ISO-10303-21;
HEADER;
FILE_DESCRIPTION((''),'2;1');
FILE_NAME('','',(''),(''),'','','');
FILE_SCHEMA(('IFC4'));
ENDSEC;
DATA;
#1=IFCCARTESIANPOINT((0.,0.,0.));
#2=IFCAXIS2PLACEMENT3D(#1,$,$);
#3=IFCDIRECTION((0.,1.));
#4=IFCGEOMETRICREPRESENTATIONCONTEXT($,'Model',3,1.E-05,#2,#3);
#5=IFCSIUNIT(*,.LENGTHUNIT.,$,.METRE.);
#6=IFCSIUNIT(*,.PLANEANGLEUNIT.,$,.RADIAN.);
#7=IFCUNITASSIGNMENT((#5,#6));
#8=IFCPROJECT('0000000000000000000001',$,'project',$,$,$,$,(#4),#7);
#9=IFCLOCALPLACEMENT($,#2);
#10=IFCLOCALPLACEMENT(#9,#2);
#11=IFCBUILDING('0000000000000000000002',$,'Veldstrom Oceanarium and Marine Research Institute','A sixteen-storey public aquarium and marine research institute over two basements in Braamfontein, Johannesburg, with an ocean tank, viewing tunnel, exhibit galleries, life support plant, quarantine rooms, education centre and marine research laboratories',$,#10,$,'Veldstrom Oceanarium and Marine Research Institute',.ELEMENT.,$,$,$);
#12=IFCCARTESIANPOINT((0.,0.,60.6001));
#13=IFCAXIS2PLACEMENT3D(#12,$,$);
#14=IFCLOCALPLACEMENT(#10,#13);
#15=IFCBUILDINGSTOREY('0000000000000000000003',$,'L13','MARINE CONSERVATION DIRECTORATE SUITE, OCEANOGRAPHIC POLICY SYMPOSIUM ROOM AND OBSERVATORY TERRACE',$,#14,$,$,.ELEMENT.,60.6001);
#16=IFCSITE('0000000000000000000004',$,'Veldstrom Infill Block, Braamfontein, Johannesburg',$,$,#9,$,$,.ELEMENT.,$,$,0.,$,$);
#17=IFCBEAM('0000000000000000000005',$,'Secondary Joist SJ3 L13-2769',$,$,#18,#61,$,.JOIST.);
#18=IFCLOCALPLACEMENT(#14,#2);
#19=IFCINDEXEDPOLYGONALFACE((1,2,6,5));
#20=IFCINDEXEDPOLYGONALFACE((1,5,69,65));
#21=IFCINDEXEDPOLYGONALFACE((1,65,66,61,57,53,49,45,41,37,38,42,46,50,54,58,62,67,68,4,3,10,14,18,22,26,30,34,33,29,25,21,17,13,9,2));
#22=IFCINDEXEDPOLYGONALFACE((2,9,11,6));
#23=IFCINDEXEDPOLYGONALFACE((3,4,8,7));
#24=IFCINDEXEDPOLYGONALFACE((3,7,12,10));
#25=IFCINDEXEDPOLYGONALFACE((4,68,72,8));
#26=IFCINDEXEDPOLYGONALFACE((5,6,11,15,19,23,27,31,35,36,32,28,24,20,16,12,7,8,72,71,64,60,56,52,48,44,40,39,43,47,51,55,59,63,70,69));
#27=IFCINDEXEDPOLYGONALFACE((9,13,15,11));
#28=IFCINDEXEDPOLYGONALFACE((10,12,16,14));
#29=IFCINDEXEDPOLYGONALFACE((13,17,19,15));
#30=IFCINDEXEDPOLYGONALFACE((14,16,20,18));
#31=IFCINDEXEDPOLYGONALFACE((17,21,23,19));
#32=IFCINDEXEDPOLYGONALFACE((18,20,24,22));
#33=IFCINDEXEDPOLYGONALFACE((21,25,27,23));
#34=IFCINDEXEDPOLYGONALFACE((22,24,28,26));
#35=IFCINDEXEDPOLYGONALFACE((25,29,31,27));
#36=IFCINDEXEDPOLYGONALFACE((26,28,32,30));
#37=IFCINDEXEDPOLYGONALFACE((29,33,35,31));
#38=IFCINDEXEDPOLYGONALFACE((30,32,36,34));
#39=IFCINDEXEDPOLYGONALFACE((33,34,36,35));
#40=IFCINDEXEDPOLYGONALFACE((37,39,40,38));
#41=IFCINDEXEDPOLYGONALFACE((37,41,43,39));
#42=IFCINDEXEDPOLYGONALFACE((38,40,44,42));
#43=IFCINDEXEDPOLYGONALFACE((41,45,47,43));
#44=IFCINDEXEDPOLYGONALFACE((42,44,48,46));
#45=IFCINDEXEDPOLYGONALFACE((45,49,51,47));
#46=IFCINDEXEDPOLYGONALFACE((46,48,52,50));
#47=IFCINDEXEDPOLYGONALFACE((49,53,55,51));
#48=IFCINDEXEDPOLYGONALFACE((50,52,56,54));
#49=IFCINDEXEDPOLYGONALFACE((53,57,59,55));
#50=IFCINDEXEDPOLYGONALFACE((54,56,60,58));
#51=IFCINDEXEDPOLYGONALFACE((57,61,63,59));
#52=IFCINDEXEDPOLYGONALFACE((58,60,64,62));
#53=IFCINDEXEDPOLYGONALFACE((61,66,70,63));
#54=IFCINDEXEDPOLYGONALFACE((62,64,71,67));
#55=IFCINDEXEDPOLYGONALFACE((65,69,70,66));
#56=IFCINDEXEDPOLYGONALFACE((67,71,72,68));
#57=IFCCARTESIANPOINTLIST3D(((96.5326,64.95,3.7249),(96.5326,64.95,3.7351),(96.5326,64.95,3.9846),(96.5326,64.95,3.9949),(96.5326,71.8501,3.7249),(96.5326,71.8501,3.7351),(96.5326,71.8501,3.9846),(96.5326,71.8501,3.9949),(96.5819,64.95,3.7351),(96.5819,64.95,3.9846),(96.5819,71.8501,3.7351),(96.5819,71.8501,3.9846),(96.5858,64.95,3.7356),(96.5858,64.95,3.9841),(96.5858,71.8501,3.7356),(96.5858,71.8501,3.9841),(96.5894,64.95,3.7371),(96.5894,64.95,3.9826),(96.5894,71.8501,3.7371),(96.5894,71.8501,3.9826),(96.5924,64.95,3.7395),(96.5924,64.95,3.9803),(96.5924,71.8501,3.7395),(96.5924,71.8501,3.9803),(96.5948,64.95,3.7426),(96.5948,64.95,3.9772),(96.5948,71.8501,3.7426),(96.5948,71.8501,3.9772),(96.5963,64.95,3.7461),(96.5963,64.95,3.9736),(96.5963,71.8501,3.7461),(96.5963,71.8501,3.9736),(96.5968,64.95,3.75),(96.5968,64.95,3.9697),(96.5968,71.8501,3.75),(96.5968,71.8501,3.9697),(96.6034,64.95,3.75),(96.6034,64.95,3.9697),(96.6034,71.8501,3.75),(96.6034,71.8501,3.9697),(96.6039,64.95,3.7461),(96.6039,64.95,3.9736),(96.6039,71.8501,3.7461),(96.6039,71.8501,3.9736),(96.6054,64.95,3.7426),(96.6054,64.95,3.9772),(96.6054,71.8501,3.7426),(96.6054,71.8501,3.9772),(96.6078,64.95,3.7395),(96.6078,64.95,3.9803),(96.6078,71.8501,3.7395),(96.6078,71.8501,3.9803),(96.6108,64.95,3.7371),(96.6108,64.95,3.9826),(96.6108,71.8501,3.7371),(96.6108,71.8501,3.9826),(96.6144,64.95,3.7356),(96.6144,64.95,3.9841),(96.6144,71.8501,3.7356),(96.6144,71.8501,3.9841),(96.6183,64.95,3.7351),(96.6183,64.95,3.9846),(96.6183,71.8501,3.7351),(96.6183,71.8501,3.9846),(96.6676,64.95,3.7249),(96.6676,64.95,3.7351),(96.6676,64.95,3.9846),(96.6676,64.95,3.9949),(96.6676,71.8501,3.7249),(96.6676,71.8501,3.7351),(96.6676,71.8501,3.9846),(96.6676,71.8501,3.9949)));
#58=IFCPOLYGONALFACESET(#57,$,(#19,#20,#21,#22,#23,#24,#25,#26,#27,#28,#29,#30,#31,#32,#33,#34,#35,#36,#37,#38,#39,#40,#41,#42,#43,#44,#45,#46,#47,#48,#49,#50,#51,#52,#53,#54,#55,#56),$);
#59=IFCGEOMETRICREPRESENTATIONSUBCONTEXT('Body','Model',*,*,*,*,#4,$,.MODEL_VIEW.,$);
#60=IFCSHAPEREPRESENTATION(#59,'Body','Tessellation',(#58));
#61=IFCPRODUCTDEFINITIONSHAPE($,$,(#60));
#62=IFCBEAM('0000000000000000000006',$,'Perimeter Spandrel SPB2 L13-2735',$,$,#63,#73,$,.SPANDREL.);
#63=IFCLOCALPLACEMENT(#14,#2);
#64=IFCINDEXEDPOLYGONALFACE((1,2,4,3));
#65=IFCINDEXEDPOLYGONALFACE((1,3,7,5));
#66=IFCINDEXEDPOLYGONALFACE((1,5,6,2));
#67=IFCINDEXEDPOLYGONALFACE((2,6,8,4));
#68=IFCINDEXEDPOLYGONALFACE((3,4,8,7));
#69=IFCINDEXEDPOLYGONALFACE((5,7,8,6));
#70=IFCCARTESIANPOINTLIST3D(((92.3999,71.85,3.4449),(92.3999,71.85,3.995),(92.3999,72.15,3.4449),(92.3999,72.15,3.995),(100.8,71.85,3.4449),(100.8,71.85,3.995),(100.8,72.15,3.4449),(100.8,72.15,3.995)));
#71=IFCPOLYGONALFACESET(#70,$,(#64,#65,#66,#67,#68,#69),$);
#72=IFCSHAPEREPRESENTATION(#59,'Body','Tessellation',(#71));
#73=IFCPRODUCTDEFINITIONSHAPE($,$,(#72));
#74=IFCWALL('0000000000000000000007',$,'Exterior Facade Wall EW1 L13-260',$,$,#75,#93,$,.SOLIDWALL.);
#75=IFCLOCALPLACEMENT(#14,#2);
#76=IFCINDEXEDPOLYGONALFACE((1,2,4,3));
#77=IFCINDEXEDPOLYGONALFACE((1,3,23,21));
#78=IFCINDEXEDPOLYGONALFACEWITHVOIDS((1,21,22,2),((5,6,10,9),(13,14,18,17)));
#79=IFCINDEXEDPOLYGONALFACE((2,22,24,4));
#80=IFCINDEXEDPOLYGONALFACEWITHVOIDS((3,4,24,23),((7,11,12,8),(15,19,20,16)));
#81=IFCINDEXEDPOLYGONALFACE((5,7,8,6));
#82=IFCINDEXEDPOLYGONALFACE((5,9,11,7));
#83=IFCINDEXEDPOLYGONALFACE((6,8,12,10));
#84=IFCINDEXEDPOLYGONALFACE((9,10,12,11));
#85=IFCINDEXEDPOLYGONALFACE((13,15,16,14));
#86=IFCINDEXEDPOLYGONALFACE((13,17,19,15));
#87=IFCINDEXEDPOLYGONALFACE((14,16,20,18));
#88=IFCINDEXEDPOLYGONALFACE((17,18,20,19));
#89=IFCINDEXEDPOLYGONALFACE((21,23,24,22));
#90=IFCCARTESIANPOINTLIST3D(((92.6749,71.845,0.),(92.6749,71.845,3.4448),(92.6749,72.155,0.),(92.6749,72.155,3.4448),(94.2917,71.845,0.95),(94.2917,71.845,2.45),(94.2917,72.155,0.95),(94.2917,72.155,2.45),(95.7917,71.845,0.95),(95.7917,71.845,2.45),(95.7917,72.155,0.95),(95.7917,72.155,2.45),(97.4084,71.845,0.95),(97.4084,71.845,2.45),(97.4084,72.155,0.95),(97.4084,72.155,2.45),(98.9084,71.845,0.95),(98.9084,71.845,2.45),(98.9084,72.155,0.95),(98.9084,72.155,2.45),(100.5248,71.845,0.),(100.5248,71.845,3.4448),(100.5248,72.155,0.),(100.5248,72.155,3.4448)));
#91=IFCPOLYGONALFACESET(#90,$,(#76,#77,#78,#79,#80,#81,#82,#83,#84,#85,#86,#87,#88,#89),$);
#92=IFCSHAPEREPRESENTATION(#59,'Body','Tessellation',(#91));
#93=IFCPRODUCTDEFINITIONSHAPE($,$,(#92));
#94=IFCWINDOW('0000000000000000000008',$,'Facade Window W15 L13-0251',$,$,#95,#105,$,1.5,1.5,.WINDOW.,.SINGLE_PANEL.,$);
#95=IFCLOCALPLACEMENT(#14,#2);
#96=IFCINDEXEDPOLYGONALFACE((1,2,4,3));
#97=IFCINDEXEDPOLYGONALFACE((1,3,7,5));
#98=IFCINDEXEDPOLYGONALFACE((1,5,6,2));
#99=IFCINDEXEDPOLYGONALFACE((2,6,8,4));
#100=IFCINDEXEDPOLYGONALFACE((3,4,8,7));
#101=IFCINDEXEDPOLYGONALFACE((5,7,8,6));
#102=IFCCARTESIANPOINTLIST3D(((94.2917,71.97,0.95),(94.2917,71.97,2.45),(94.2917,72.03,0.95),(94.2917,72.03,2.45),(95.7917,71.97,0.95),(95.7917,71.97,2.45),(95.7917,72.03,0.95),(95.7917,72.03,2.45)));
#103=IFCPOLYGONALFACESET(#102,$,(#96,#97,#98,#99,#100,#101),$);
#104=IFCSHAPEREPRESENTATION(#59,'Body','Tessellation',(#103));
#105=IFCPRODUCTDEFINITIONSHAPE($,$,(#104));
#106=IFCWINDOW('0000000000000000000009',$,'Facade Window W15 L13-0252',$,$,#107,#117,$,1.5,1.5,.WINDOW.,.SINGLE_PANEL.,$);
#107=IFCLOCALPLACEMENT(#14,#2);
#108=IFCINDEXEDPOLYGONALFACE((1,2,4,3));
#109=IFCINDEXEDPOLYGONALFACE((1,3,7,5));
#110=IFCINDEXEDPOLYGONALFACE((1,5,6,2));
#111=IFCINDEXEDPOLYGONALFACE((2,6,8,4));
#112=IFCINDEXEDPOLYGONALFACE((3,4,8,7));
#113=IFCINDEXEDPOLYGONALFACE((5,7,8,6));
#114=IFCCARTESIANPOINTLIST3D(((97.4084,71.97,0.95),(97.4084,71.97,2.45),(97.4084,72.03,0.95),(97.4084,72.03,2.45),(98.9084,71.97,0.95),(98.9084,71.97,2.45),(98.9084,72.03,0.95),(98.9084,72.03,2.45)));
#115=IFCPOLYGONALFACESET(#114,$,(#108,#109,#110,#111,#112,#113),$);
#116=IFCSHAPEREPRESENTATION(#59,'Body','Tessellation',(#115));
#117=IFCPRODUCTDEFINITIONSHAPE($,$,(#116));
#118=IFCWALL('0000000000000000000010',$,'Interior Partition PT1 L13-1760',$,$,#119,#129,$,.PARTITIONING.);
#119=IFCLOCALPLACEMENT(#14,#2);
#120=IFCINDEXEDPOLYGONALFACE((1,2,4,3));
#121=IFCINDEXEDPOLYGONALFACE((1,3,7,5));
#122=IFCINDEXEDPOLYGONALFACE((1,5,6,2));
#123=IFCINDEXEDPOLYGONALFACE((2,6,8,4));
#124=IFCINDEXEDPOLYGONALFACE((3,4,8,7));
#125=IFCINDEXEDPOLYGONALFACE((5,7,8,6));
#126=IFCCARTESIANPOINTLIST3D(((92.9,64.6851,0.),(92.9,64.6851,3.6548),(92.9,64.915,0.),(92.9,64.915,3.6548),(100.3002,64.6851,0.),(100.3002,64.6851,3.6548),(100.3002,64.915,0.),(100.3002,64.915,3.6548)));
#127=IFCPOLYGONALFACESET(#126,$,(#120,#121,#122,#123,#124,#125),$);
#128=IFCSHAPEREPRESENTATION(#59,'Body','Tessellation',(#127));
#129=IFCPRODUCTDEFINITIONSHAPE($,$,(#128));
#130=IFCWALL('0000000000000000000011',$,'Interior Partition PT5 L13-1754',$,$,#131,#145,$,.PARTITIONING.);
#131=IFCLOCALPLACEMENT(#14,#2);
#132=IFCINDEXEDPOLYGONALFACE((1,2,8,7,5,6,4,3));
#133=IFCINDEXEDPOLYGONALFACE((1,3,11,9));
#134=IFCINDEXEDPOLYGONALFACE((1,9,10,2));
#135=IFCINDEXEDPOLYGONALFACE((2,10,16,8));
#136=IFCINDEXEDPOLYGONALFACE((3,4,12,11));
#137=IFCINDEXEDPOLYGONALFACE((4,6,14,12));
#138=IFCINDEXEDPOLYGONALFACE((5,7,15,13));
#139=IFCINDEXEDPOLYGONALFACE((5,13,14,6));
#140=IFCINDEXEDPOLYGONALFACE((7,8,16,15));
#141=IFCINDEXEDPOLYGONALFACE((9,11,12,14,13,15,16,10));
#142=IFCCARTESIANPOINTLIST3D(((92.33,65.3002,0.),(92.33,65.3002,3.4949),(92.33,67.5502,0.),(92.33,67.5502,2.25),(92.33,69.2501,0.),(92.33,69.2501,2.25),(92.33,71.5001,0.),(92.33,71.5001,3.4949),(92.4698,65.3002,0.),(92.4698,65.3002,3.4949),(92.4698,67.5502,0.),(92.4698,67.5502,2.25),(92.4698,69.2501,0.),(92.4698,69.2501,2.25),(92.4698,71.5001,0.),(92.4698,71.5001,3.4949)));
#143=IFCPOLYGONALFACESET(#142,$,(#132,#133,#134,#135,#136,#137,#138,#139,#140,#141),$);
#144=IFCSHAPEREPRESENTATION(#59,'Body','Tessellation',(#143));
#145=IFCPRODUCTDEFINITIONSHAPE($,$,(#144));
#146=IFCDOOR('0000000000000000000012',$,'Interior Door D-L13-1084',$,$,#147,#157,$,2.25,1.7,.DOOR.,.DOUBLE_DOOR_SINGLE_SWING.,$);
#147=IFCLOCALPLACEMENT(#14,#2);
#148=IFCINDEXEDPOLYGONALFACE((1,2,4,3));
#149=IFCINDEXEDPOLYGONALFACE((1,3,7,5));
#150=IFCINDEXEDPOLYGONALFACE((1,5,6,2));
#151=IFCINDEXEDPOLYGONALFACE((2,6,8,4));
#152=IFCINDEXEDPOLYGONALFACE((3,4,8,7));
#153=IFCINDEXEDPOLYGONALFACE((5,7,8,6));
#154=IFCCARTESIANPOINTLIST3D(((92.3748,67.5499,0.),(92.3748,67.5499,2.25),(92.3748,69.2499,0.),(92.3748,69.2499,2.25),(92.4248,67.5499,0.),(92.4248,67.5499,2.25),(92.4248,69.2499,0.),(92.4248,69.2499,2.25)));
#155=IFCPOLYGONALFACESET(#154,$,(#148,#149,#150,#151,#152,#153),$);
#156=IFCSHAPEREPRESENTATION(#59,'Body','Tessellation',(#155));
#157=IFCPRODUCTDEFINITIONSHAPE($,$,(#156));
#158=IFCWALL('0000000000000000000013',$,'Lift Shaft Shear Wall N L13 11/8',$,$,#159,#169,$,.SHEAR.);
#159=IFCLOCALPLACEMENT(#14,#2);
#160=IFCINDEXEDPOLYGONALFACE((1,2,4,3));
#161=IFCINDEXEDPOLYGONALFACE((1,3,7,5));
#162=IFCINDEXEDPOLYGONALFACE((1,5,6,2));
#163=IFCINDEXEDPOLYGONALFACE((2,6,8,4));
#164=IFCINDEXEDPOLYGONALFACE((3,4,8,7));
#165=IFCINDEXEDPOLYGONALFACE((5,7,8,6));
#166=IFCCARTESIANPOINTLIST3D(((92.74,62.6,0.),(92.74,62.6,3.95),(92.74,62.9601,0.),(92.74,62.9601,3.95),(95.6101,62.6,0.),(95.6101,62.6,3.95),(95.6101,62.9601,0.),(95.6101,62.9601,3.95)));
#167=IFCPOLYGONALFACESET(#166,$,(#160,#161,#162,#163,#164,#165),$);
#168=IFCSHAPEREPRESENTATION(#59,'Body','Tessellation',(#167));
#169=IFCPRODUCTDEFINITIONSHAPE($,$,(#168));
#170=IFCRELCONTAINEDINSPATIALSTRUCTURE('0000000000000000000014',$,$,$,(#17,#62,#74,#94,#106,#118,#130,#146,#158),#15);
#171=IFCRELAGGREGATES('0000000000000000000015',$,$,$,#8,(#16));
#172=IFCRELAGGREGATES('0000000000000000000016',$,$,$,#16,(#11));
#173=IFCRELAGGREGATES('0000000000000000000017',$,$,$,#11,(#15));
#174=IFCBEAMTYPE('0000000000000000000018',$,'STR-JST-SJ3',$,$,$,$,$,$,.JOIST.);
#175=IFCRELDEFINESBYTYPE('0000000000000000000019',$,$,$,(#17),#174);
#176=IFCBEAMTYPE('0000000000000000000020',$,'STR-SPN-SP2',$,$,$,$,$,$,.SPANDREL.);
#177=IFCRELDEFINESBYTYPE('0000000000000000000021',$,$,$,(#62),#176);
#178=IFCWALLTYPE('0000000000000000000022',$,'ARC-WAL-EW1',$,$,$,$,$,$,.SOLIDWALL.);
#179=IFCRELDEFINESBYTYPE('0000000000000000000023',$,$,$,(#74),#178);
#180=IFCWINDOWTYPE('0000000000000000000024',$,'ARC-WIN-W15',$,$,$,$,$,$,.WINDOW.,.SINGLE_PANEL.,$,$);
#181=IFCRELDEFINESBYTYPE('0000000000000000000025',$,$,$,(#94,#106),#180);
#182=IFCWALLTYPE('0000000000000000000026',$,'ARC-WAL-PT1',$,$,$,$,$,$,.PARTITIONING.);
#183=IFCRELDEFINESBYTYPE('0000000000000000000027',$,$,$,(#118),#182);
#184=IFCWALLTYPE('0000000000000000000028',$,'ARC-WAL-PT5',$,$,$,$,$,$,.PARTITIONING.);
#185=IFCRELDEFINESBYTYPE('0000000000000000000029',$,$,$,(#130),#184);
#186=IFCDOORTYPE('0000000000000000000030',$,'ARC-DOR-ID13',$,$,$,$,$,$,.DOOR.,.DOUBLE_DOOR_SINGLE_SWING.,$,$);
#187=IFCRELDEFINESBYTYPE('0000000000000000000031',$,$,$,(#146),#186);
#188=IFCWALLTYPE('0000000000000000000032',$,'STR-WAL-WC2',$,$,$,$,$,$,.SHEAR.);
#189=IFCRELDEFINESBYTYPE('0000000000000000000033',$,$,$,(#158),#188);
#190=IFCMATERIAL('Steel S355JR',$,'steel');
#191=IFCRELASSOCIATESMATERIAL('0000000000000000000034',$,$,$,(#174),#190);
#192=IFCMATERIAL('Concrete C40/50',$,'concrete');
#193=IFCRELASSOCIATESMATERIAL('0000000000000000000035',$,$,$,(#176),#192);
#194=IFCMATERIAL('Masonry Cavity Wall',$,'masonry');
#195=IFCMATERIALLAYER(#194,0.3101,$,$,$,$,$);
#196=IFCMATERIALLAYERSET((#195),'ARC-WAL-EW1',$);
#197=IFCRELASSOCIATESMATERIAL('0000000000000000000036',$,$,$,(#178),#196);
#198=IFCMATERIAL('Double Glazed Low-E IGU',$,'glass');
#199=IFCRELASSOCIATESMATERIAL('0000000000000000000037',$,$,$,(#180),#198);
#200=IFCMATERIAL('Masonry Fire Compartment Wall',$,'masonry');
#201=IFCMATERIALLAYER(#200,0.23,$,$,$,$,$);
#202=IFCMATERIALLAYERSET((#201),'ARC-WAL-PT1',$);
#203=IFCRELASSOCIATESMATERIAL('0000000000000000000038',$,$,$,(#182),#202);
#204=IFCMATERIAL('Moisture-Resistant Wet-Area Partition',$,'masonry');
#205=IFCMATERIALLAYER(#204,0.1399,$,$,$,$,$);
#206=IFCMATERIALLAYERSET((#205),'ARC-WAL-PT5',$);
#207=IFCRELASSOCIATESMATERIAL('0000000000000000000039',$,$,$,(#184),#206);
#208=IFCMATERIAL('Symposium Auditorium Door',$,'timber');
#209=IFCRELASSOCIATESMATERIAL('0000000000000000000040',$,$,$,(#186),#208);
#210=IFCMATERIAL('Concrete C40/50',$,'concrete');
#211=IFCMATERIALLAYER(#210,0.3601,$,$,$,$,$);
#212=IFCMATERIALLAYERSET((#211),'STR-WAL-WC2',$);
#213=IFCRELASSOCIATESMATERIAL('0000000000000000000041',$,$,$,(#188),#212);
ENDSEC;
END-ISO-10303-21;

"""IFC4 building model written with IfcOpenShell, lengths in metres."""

from ifc_helpers import new_model, si_unit, direction, frame, frame_2d, origin, origin_2d, place, context, subcontext, project, spatial, rectangle, i_section, extrude, material, layer, layer_set, material_profile, profile_set, type_object, element, fill, save


model = new_model("IFC4")

# Units and contexts
model_context = context("Model", 3, precision=1e-05, world=origin(), true_north=direction((0.0, 1.0)))
body_context = subcontext(model_context, "Body", "Model", "MODEL_VIEW")
ifc_project = project(units=[si_unit("LENGTHUNIT", "METRE"), si_unit("PLANEANGLEUNIT", "RADIAN")], contexts=[model_context])

# Site, building, storey
site_placement = place(None, origin())
site = spatial("IfcSite", under=ifc_project, at=site_placement, Name="Veldstrom Infill Block, Braamfontein, Johannesburg", CompositionType="ELEMENT", RefElevation=0.0)
building_placement = place(site_placement, origin())
building = spatial("IfcBuilding", under=site, at=building_placement, Name="Veldstrom Oceanarium and Marine Research Institute", Description="A sixteen-storey public aquarium and marine research institute over two basements in Braamfontein, Johannesburg, with an ocean tank, viewing tunnel, exhibit galleries, life support plant, quarantine rooms, education centre and marine research laboratories", LongName="Veldstrom Oceanarium and Marine Research Institute", CompositionType="ELEMENT")
storey_placement = place(building_placement, frame((0.0, 0.0, 60.6001)))
storey = spatial("IfcBuildingStorey", under=building, at=storey_placement, Name="L13", Description="MARINE CONSERVATION DIRECTORATE SUITE, OCEANOGRAPHIC POLICY SYMPOSIUM ROOM AND OBSERVATORY TERRACE", CompositionType="ELEMENT", Elevation=60.6001)

# Beams
ifc_material_1 = material(Name="Steel S355JR", Category="steel")
ifc_material_profile_1 = material_profile(ifc_material_1, i_section(OverallWidth=0.135, OverallDepth=0.27, WebThickness=0.0066, FlangeThickness=0.0103, FilletRadius=0.0149, at=origin_2d()), Name="IPE 270")
ifc_profile_set_1 = profile_set([ifc_material_profile_1], Name="Steel S355JR")
beam_type_1 = type_object("IfcBeamType", Name="STR-JST-SJ3", PredefinedType="JOIST", material=ifc_profile_set_1)
beam_1_placement = place(storey_placement, frame((96.6001, 64.95, 3.8599), z_axis=(0.0, 1.0, 0.0), x_axis=(-1.0, 0.0, 0.0)))
element("IfcBeam", 1, at=beam_1_placement, inside=storey, type_object=beam_type_1, Name="Secondary Joist SJ3 L13-2769", PredefinedType="JOIST", context=body_context, shape_type="SweptSolid", body=[
    extrude(i_section(OverallWidth=0.135, OverallDepth=0.27, WebThickness=0.0066, FlangeThickness=0.0103, FilletRadius=0.0149, at=origin_2d()), origin(), (0.0, 0.0, 1.0), 6.9001),
])
ifc_material_2 = material(Name="Concrete C40/50", Category="concrete")
ifc_material_profile_2 = material_profile(ifc_material_2, rectangle(XDim=0.3, YDim=0.55, at=origin_2d()), Name="RC-SPN-300x550")
ifc_profile_set_2 = profile_set([ifc_material_profile_2], Name="Concrete C40/50")
beam_type_2 = type_object("IfcBeamType", Name="STR-SPN-SP2", PredefinedType="SPANDREL", material=ifc_profile_set_2)
beam_2_placement = place(storey_placement, frame((92.3999, 72.0, 3.72), z_axis=(1.0, 0.0, 0.0), x_axis=(0.0, 1.0, 0.0)))
element("IfcBeam", 2, at=beam_2_placement, inside=storey, type_object=beam_type_2, Name="Perimeter Spandrel SPB2 L13-2735", PredefinedType="SPANDREL", context=body_context, shape_type="SweptSolid", body=[
    extrude(rectangle(XDim=0.3, YDim=0.55, at=origin_2d()), origin(), (0.0, 0.0, 1.0), 8.4001),
])

# Wall, openings, windows
ifc_material_3 = material(Name="Masonry Cavity Wall", Category="masonry")
ifc_layer_1 = layer(ifc_material_3, 0.3101)
ifc_layer_set_1 = layer_set([ifc_layer_1], Name="ARC-WAL-EW1")
wall_type_1 = type_object("IfcWallType", Name="ARC-WAL-EW1", PredefinedType="SOLIDWALL", material=ifc_layer_set_1)
wall_1_placement = place(storey_placement, frame((92.675, 72.0, 0.0), z_axis=(0.0, 0.0, 1.0), x_axis=(1.0, 0.0, 0.0)))
wall_1 = element("IfcWall", 3, at=wall_1_placement, inside=storey, type_object=wall_type_1, Name="Exterior Facade Wall EW1 L13-260", PredefinedType="SOLIDWALL", context=body_context, shape_type="SweptSolid", body=[
    extrude(rectangle(XDim=7.8499, YDim=0.3101, at=frame_2d((3.9248, 0.0))), origin(), (0.0, 0.0, 1.0), 3.4448),
])
opening_1_placement = place(wall_1_placement, frame((1.6167, 0.0, 0.95)))
opening_1 = element("IfcOpeningElement", 4, at=opening_1_placement, cuts=wall_1, PredefinedType="OPENING", context=body_context, shape_type="SweptSolid", body=[
    extrude(rectangle(XDim=1.5, YDim=1.5, at=frame_2d((0.75, 0.75))), frame((0.0, 0.165, 0.0), z_axis=(0.0, -1.0, 0.0), x_axis=(1.0, 0.0, 0.0)), (0.0, 0.0, 1.0), 0.3301),
])
opening_2_placement = place(wall_1_placement, frame((4.7334, 0.0, 0.95)))
opening_2 = element("IfcOpeningElement", 5, at=opening_2_placement, cuts=wall_1, PredefinedType="OPENING", context=body_context, shape_type="SweptSolid", body=[
    extrude(rectangle(XDim=1.5, YDim=1.5, at=frame_2d((0.75, 0.75))), frame((0.0, 0.165, 0.0), z_axis=(0.0, -1.0, 0.0), x_axis=(1.0, 0.0, 0.0)), (0.0, 0.0, 1.0), 0.3301),
])
ifc_material_4 = material(Name="Double Glazed Low-E IGU", Category="glass")
window_type = type_object("IfcWindowType", Name="ARC-WIN-W15", PartitioningType="SINGLE_PANEL", PredefinedType="WINDOW", material=ifc_material_4)
window_1_placement = place(opening_1_placement, origin())
window_1 = element("IfcWindow", 6, at=window_1_placement, inside=storey, type_object=window_type, Name="Facade Window W15 L13-0251", OverallHeight=1.5, OverallWidth=1.5, PartitioningType="SINGLE_PANEL", PredefinedType="WINDOW", context=body_context, shape_type="SweptSolid", body=[
    extrude(rectangle(XDim=1.5, YDim=1.5, at=frame_2d((0.75, 0.75))), frame((0.0, 0.03, 0.0), z_axis=(0.0, -1.0, 0.0), x_axis=(1.0, 0.0, 0.0)), (0.0, 0.0, 1.0), 0.0601),
])
fill(opening_1, window_1)
window_2_placement = place(opening_2_placement, origin())
window_2 = element("IfcWindow", 7, at=window_2_placement, inside=storey, type_object=window_type, Name="Facade Window W15 L13-0252", OverallHeight=1.5, OverallWidth=1.5, PartitioningType="SINGLE_PANEL", PredefinedType="WINDOW", context=body_context, shape_type="SweptSolid", body=[
    extrude(rectangle(XDim=1.5, YDim=1.5, at=frame_2d((0.75, 0.75))), frame((0.0, 0.03, 0.0), z_axis=(0.0, -1.0, 0.0), x_axis=(1.0, 0.0, 0.0)), (0.0, 0.0, 1.0), 0.0601),
])
fill(opening_2, window_2)

# Shared definitions
ifc_material_5 = material(Name="Masonry Fire Compartment Wall", Category="masonry")
ifc_layer_2 = layer(ifc_material_5, 0.23)
ifc_layer_set_2 = layer_set([ifc_layer_2], Name="ARC-WAL-PT1")
wall_type_2 = type_object("IfcWallType", Name="ARC-WAL-PT1", PredefinedType="PARTITIONING", material=ifc_layer_set_2)

# Wall
wall_2_placement = place(storey_placement, frame((92.8999, 64.8, 0.0), z_axis=(0.0, 0.0, 1.0), x_axis=(1.0, 0.0, 0.0)))
element("IfcWall", 8, at=wall_2_placement, inside=storey, type_object=wall_type_2, Name="Interior Partition PT1 L13-1760", PredefinedType="PARTITIONING", context=body_context, shape_type="SweptSolid", body=[
    extrude(rectangle(XDim=7.4001, YDim=0.23, at=frame_2d((3.7002, 0.0))), origin(), (0.0, 0.0, 1.0), 3.6548),
])

# Wall, opening, door
ifc_material_6 = material(Name="Moisture-Resistant Wet-Area Partition", Category="masonry")
ifc_layer_3 = layer(ifc_material_6, 0.1399)
ifc_layer_set_3 = layer_set([ifc_layer_3], Name="ARC-WAL-PT5")
wall_type_3 = type_object("IfcWallType", Name="ARC-WAL-PT5", PredefinedType="PARTITIONING", material=ifc_layer_set_3)
wall_3_placement = place(storey_placement, frame((92.3999, 65.3, 0.0), z_axis=(0.0, 0.0, 1.0), x_axis=(0.0, 1.0, 0.0)))
wall_3 = element("IfcWall", 9, at=wall_3_placement, inside=storey, type_object=wall_type_3, Name="Interior Partition PT5 L13-1754", PredefinedType="PARTITIONING", context=body_context, shape_type="SweptSolid", body=[
    extrude(rectangle(XDim=6.2, YDim=0.1399, at=frame_2d((3.1001, 0.0))), origin(), (0.0, 0.0, 1.0), 3.4949),
])
opening_3_placement = place(wall_3_placement, frame((2.25, 0.0, 0.0)))
opening_3 = element("IfcOpeningElement", 10, at=opening_3_placement, cuts=wall_3, PredefinedType="OPENING", context=body_context, shape_type="SweptSolid", body=[
    extrude(rectangle(XDim=1.7, YDim=2.25, at=frame_2d((0.8501, 1.125))), frame((0.0, 0.0798, 0.0), z_axis=(0.0, -1.0, 0.0), x_axis=(1.0, 0.0, 0.0)), (0.0, 0.0, 1.0), 0.1599),
])
ifc_material_7 = material(Name="Symposium Auditorium Door", Category="timber")
door_type_1 = type_object("IfcDoorType", Name="ARC-DOR-ID13", OperationType="DOUBLE_DOOR_SINGLE_SWING", PredefinedType="DOOR", material=ifc_material_7)
door_1_placement = place(opening_3_placement, frame((1.7, 0.0, 0.0), z_axis=(0.0, 0.0, 1.0), x_axis=(-1.0, 0.0, 0.0)))
door_1 = element("IfcDoor", 11, at=door_1_placement, inside=storey, type_object=door_type_1, Name="Interior Door D-L13-1084", OperationType="DOUBLE_DOOR_SINGLE_SWING", OverallHeight=2.25, OverallWidth=1.7, PredefinedType="DOOR", context=body_context, shape_type="SweptSolid", body=[
    extrude(rectangle(XDim=1.7, YDim=2.25, at=frame_2d((0.8501, 1.125))), frame((0.0, 0.0249, 0.0), z_axis=(0.0, -1.0, 0.0), x_axis=(1.0, 0.0, 0.0)), (0.0, 0.0, 1.0), 0.05),
])
fill(opening_3, door_1)

# Wall
ifc_material_8 = material(Name="Concrete C40/50", Category="concrete")
ifc_layer_4 = layer(ifc_material_8, 0.3601)
ifc_layer_set_4 = layer_set([ifc_layer_4], Name="STR-WAL-WC2")
wall_type_4 = type_object("IfcWallType", Name="STR-WAL-WC2", PredefinedType="SHEAR", material=ifc_layer_set_4)
wall_4_placement = place(storey_placement, frame((92.74, 62.78, 0.0), z_axis=(0.0, 0.0, 1.0), x_axis=(1.0, 0.0, 0.0)))
element("IfcWall", 12, at=wall_4_placement, inside=storey, type_object=wall_type_4, Name="Lift Shaft Shear Wall N L13 11/8", PredefinedType="SHEAR", context=body_context, shape_type="SweptSolid", body=[
    extrude(rectangle(XDim=2.8701, YDim=0.3601, at=frame_2d((1.4351, 0.0))), origin(), (0.0, 0.0, 1.0), 3.95),
])

save(model, "model.ifc")
